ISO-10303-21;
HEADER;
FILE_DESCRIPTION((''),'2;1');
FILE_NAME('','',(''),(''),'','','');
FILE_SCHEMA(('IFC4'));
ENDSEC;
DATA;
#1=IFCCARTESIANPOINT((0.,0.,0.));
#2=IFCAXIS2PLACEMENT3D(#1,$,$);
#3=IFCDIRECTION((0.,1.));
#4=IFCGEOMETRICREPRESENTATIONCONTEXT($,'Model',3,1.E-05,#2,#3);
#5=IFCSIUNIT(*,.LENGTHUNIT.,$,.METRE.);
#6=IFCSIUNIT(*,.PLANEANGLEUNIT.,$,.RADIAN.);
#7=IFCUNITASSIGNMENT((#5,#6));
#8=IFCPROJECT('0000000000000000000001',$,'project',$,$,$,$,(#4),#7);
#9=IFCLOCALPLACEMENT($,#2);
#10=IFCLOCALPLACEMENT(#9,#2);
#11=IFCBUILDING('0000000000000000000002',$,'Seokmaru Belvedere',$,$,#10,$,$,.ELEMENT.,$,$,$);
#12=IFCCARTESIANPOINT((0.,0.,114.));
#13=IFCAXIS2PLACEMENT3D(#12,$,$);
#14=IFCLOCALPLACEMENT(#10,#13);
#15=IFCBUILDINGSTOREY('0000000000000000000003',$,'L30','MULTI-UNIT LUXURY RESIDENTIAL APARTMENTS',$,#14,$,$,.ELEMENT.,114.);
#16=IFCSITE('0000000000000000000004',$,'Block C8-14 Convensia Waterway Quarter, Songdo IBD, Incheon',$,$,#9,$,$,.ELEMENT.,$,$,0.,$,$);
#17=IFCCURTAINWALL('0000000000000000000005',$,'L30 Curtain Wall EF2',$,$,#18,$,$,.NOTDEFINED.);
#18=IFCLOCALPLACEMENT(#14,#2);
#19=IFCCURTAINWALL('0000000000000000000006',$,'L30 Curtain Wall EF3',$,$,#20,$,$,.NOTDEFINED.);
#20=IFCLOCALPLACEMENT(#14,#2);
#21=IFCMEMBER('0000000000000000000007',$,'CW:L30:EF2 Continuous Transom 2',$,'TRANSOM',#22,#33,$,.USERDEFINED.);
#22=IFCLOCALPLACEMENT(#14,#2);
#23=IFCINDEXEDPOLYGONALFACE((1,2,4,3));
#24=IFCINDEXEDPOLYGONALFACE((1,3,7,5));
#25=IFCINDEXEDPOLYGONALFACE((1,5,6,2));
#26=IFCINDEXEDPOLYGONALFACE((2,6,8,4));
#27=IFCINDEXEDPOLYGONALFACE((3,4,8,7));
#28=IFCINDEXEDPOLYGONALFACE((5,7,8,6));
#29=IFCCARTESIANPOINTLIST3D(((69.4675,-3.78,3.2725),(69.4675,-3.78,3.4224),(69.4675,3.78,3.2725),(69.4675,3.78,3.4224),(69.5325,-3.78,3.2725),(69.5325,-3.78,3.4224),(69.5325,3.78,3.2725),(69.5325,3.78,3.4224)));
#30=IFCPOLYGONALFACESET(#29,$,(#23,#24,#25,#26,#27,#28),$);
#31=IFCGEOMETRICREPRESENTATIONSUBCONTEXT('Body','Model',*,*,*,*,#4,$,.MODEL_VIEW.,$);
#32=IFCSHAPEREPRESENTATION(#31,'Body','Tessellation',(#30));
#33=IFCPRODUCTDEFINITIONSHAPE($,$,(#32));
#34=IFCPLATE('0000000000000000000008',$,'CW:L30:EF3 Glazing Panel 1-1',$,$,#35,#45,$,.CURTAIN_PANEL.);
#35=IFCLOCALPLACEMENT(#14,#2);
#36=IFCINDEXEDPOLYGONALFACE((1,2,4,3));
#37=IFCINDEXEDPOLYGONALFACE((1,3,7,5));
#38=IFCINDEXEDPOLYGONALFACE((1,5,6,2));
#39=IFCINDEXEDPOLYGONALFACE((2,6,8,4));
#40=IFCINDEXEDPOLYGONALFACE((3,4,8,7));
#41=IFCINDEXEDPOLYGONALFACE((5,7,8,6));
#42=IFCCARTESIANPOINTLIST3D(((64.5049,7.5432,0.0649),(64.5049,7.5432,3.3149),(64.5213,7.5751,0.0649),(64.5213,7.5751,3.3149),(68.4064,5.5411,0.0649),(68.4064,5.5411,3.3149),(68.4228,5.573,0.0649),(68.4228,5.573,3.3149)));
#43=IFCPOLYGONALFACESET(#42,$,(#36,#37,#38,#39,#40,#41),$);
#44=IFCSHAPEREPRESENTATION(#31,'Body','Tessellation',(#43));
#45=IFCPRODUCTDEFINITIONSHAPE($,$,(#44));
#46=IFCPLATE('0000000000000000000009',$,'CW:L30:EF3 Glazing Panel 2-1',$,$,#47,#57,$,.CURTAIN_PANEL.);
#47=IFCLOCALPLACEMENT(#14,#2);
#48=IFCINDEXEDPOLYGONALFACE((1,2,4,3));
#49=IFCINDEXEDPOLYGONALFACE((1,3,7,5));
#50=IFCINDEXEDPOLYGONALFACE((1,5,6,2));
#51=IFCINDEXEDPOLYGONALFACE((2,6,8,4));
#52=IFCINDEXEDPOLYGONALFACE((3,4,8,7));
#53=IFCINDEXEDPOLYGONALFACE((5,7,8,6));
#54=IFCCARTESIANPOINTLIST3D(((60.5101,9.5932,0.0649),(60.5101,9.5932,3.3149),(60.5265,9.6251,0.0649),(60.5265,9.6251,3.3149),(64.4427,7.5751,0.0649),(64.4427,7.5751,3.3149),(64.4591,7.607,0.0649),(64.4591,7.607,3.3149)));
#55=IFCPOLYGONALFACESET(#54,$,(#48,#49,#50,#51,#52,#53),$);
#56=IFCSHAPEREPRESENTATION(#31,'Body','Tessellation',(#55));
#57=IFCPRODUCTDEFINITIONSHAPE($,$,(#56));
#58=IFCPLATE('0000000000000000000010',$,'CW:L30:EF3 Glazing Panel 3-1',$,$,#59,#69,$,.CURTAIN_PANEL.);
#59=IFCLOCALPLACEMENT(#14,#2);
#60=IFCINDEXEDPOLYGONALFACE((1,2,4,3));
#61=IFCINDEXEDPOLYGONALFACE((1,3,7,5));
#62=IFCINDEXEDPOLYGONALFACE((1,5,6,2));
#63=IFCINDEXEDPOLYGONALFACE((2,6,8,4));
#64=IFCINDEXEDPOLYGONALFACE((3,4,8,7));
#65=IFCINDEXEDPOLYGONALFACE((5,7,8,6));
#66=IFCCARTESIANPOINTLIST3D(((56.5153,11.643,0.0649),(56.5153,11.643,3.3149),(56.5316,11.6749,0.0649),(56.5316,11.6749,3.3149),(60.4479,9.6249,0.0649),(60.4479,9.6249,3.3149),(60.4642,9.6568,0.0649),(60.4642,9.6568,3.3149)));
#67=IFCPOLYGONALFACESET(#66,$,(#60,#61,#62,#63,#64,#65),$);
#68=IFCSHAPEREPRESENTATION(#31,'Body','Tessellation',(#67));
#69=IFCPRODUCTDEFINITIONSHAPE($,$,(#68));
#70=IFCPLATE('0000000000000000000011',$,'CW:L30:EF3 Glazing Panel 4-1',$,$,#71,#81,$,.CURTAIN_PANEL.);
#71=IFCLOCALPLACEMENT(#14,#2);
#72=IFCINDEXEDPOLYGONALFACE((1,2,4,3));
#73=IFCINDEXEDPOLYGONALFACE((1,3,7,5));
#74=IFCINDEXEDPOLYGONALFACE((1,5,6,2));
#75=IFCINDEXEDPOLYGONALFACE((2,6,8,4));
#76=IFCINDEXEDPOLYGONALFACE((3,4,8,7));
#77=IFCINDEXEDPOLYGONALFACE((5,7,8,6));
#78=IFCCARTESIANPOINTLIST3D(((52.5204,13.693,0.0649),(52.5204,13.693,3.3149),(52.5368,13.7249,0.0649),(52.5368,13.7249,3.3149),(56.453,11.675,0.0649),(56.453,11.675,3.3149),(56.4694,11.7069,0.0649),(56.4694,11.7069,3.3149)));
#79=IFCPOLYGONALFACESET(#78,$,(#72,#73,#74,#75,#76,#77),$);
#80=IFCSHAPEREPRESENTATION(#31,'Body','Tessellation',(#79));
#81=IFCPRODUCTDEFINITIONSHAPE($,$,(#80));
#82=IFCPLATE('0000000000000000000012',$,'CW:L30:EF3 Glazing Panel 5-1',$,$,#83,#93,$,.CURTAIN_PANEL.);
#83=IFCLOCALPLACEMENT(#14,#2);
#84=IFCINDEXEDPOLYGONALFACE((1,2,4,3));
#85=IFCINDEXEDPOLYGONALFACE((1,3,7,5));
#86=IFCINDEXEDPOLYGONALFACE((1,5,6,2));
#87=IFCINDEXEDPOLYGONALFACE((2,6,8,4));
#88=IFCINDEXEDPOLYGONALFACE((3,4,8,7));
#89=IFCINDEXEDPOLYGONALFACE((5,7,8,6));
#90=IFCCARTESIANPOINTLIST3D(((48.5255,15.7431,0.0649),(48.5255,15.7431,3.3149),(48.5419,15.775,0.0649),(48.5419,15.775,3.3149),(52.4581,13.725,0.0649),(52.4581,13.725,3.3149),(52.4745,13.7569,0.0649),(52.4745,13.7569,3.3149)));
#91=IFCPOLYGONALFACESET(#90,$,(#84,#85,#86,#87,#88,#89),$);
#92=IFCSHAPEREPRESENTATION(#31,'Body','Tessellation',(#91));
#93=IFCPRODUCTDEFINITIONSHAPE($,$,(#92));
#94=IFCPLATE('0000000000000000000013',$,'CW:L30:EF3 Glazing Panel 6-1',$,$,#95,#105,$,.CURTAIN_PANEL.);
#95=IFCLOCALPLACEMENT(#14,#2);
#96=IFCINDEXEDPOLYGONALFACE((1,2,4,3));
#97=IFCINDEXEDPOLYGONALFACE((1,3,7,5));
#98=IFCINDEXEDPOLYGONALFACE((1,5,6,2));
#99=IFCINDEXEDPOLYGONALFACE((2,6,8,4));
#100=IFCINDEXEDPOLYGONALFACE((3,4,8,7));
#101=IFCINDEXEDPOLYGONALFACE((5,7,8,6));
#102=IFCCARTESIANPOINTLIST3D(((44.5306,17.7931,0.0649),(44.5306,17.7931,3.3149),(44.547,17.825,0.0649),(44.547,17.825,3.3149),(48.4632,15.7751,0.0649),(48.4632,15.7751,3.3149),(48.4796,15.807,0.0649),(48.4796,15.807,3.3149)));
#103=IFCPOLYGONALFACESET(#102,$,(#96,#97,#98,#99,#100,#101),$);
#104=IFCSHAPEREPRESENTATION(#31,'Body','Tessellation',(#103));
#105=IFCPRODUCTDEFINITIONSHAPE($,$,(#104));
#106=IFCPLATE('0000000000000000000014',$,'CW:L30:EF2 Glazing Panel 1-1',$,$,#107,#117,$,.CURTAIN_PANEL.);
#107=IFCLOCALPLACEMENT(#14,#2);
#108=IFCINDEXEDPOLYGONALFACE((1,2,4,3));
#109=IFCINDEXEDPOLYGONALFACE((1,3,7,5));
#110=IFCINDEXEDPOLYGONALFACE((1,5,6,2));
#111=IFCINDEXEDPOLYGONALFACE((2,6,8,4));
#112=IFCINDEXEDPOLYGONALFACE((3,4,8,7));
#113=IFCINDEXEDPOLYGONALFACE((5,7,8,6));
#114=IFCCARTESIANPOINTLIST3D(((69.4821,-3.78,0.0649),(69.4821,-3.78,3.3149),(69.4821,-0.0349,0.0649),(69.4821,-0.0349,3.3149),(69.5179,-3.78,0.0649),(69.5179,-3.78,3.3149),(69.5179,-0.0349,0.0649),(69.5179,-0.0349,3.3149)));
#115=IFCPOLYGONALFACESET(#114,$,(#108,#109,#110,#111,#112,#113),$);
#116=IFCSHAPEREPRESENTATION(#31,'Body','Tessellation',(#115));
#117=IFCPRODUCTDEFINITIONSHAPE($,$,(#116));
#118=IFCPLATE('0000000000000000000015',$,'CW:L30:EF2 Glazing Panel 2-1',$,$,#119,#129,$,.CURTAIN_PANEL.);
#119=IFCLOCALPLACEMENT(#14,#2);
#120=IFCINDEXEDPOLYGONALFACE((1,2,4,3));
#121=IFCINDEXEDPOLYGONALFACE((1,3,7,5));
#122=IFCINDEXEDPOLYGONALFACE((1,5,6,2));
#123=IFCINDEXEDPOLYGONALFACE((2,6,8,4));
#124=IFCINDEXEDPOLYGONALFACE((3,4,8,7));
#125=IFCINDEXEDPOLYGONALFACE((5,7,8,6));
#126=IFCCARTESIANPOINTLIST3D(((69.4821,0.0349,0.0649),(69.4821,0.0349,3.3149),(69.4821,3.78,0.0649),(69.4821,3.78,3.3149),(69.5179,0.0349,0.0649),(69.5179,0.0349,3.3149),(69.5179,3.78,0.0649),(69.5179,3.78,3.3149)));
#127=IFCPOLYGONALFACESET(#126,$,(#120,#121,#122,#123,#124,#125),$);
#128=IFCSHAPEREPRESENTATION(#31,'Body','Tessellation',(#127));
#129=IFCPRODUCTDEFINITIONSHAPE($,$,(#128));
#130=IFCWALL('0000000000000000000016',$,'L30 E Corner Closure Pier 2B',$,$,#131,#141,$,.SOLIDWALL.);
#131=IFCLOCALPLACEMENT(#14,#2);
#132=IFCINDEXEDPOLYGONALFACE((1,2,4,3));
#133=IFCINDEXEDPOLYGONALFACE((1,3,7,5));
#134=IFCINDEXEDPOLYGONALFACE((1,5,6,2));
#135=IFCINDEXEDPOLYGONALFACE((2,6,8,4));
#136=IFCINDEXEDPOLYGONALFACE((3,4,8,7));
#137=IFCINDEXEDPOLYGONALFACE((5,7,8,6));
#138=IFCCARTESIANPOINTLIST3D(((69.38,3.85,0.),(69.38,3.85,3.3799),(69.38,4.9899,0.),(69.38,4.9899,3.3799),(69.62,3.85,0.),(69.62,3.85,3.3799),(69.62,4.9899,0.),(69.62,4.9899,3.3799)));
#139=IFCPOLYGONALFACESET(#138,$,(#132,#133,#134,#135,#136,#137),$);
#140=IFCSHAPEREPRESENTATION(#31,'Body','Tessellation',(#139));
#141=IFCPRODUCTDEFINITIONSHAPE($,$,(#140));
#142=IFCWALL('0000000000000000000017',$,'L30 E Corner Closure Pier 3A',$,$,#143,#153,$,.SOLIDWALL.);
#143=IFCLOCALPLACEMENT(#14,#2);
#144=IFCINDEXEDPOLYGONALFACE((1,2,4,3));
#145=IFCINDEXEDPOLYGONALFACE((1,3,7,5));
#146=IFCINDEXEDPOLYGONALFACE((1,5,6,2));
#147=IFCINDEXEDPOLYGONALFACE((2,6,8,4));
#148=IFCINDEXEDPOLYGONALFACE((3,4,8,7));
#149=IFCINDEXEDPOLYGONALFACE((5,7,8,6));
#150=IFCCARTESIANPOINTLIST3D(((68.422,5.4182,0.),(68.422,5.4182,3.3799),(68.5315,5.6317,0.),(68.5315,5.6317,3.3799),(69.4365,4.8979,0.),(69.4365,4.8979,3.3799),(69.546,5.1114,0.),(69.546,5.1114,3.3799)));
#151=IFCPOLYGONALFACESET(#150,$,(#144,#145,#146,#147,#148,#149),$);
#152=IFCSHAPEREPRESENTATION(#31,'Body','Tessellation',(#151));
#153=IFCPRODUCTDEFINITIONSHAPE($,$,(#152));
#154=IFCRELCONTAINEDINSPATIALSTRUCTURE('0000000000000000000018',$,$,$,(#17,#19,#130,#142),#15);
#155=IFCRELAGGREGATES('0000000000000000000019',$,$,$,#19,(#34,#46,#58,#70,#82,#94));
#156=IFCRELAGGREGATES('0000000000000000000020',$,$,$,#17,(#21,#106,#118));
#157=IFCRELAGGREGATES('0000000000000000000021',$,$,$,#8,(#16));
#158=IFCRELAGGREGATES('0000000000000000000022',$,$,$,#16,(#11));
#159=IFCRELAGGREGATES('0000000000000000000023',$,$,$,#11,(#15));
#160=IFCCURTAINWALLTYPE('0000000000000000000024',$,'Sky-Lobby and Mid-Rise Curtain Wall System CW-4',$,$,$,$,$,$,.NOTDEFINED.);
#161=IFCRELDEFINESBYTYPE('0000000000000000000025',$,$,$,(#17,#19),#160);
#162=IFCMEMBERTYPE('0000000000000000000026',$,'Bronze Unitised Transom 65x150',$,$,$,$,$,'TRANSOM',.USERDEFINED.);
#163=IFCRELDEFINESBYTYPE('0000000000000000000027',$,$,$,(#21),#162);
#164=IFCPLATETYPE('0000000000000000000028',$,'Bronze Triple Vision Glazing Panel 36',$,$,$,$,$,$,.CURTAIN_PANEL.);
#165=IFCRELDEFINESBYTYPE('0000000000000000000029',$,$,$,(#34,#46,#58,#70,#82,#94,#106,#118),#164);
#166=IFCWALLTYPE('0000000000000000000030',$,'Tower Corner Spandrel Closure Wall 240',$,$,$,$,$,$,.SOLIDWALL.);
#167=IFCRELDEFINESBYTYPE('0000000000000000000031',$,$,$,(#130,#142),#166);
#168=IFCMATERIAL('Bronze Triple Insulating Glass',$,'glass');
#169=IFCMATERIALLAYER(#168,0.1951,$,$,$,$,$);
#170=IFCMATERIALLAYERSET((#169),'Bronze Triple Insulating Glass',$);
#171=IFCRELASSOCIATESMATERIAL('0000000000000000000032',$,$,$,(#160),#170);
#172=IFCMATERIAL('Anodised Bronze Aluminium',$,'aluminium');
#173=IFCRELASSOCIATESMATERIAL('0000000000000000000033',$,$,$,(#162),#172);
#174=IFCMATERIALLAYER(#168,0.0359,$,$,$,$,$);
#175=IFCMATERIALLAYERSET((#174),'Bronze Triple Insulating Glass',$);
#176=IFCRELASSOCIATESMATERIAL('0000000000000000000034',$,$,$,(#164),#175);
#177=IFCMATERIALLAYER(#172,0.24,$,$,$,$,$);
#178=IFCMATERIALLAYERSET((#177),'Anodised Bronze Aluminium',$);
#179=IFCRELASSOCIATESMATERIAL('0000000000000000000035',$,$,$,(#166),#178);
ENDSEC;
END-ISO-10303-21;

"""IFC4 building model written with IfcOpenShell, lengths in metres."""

from ifc_helpers import new_model, si_unit, direction, frame, frame_2d, origin, origin_2d, place, context, subcontext, project, spatial, rectangle, extrude, source, transform, mapped, material, layer, layer_set, material_profile, profile_set, type_object, type_shapes, element, aggregate, save


model = new_model("IFC4")

# Units and contexts
model_context = context("Model", 3, precision=1e-05, world=origin(), true_north=direction((0.0, 1.0)))
body_context = subcontext(model_context, "Body", "Model", "MODEL_VIEW")
ifc_project = project(units=[si_unit("LENGTHUNIT", "METRE"), si_unit("PLANEANGLEUNIT", "RADIAN")], contexts=[model_context])

# Site, building, storey
site_placement = place(None, origin())
site = spatial("IfcSite", under=ifc_project, at=site_placement, Name="Block C8-14 Convensia Waterway Quarter, Songdo IBD, Incheon", CompositionType="ELEMENT", RefElevation=0.0)
building_placement = place(site_placement, origin())
building = spatial("IfcBuilding", under=site, at=building_placement, Name="Seokmaru Belvedere", CompositionType="ELEMENT")
storey_placement = place(building_placement, frame((0.0, 0.0, 114.0)))
storey = spatial("IfcBuildingStorey", under=building, at=storey_placement, Name="L30", Description="MULTI-UNIT LUXURY RESIDENTIAL APARTMENTS", CompositionType="ELEMENT", Elevation=114.0)

# Curtain walls
ifc_material_1 = material(Name="Bronze Triple Insulating Glass", Category="glass")
ifc_layer_1 = layer(ifc_material_1, 0.1951)
ifc_layer_set_1 = layer_set([ifc_layer_1], Name="Bronze Triple Insulating Glass")
curtain_wall_type = type_object("IfcCurtainWallType", Name="Sky-Lobby and Mid-Rise Curtain Wall System CW-4", PredefinedType="NOTDEFINED", material=ifc_layer_set_1)
curtain_wall_1_placement = place(storey_placement, origin())
curtain_wall_1 = element("IfcCurtainWall", 1, at=curtain_wall_1_placement, inside=storey, type_object=curtain_wall_type, Name="L30 Curtain Wall EF2", PredefinedType="NOTDEFINED")
ifc_material_2 = material(Name="Anodised Bronze Aluminium", Category="aluminium")
curtain_wall_2_placement = place(storey_placement, origin())
curtain_wall_2 = element("IfcCurtainWall", 2, at=curtain_wall_2_placement, inside=storey, type_object=curtain_wall_type, Name="L30 Curtain Wall EF3", PredefinedType="NOTDEFINED")

# Member
ifc_material_profile_1 = material_profile(ifc_material_2, rectangle(XDim=0.0649, YDim=0.1499, at=origin_2d()), Name="CW-T-65x150")
ifc_profile_set_1 = profile_set([ifc_material_profile_1], Name="Anodised Bronze Aluminium")
member_type_1 = type_object("IfcMemberType", Name="Bronze Unitised Transom 65x150", ElementType="TRANSOM", PredefinedType="USERDEFINED", material=ifc_profile_set_1)
shared_shape_1 = source(origin(), body_context, "Body", "SweptSolid", [
    extrude(rectangle(XDim=0.0649, YDim=0.1499, at=origin_2d()), origin(), (0.0, 0.0, 1.0), 7.5601),
])
member_1_placement = place(storey_placement, frame((69.5, -3.78, 3.3474), z_axis=(0.0, 1.0, 0.0), x_axis=(-1.0, 0.0, 0.0)))
member_1 = element("IfcMember", 3, at=member_1_placement, type_object=member_type_1, Name="CW:L30:EF2 Continuous Transom 2", ObjectType="TRANSOM", PredefinedType="USERDEFINED", context=body_context, shape_type="MappedRepresentation", body=[
    mapped(shared_shape_1, transform((0.0, 0.0, 0.0), scale=1.0)),
])

# Plates
ifc_layer_2 = layer(ifc_material_1, 0.0359)
ifc_layer_set_2 = layer_set([ifc_layer_2], Name="Bronze Triple Insulating Glass")
plate_type = type_object("IfcPlateType", Name="Bronze Triple Vision Glazing Panel 36", PredefinedType="CURTAIN_PANEL", material=ifc_layer_set_2)
shared_shape_2 = source(origin(), body_context, "Body", "SweptSolid", [
    extrude(rectangle(XDim=4.3853, YDim=0.0359, at=origin_2d()), origin(), (0.0, 0.0, 1.0), 3.25),
])
plate_1_placement = place(storey_placement, frame((66.4639, 6.5581, 0.0649), z_axis=(0.0, 0.0, 1.0), x_axis=(-0.889695, 0.456555, 0.0)))
plate_1 = element("IfcPlate", 4, at=plate_1_placement, type_object=plate_type, Name="CW:L30:EF3 Glazing Panel 1-1", PredefinedType="CURTAIN_PANEL", context=body_context, shape_type="MappedRepresentation", body=[
    mapped(shared_shape_2, transform((0.0, 0.0, 0.0), scale=1.0)),
])
shared_shape_3 = source(origin(), body_context, "Body", "SweptSolid", [
    extrude(rectangle(XDim=4.4202, YDim=0.0359, at=origin_2d()), origin(), (0.0, 0.0, 1.0), 3.25),
])
plate_2_placement = place(storey_placement, frame((62.4846, 8.6001, 0.0649), z_axis=(0.0, 0.0, 1.0), x_axis=(-0.889695, 0.456555, 0.0)))
plate_2 = element("IfcPlate", 5, at=plate_2_placement, type_object=plate_type, Name="CW:L30:EF3 Glazing Panel 2-1", PredefinedType="CURTAIN_PANEL", context=body_context, shape_type="MappedRepresentation", body=[
    mapped(shared_shape_3, transform((0.0, 0.0, 0.0), scale=1.0)),
])
plate_3_placement = place(storey_placement, frame((58.4897, 10.6499, 0.0649), z_axis=(0.0, 0.0, 1.0), x_axis=(-0.889695, 0.456555, 0.0)))
plate_3 = element("IfcPlate", 6, at=plate_3_placement, type_object=plate_type, Name="CW:L30:EF3 Glazing Panel 3-1", PredefinedType="CURTAIN_PANEL", context=body_context, shape_type="MappedRepresentation", body=[
    mapped(shared_shape_3, transform((0.0, 0.0, 0.0), scale=1.0)),
])
plate_4_placement = place(storey_placement, frame((54.4949, 12.7, 0.0649), z_axis=(0.0, 0.0, 1.0), x_axis=(-0.889695, 0.456555, 0.0)))
plate_4 = element("IfcPlate", 7, at=plate_4_placement, type_object=plate_type, Name="CW:L30:EF3 Glazing Panel 4-1", PredefinedType="CURTAIN_PANEL", context=body_context, shape_type="MappedRepresentation", body=[
    mapped(shared_shape_3, transform((0.0, 0.0, 0.0), scale=1.0)),
])
plate_5_placement = place(storey_placement, frame((50.5, 14.75, 0.0649), z_axis=(0.0, 0.0, 1.0), x_axis=(-0.889695, 0.456555, 0.0)))
plate_5 = element("IfcPlate", 8, at=plate_5_placement, type_object=plate_type, Name="CW:L30:EF3 Glazing Panel 5-1", PredefinedType="CURTAIN_PANEL", context=body_context, shape_type="MappedRepresentation", body=[
    mapped(shared_shape_3, transform((0.0, 0.0, 0.0), scale=1.0)),
])
plate_6_placement = place(storey_placement, frame((46.5051, 16.8, 0.0649), z_axis=(0.0, 0.0, 1.0), x_axis=(-0.889695, 0.456555, 0.0)))
plate_6 = element("IfcPlate", 9, at=plate_6_placement, type_object=plate_type, Name="CW:L30:EF3 Glazing Panel 6-1", PredefinedType="CURTAIN_PANEL", context=body_context, shape_type="MappedRepresentation", body=[
    mapped(shared_shape_3, transform((0.0, 0.0, 0.0), scale=1.0)),
])
aggregate(curtain_wall_2, [plate_1, plate_2, plate_3, plate_4, plate_5, plate_6])
shared_shape_4 = source(origin(), body_context, "Body", "SweptSolid", [
    extrude(rectangle(XDim=3.7451, YDim=0.0359, at=origin_2d()), origin(), (0.0, 0.0, 1.0), 3.25),
])
type_shapes(plate_type, [shared_shape_2, shared_shape_3, shared_shape_4])
plate_7_placement = place(storey_placement, frame((69.5, -1.9075, 0.0649), z_axis=(0.0, 0.0, 1.0), x_axis=(0.0, 1.0, 0.0)))
plate_7 = element("IfcPlate", 10, at=plate_7_placement, type_object=plate_type, Name="CW:L30:EF2 Glazing Panel 1-1", PredefinedType="CURTAIN_PANEL", context=body_context, shape_type="MappedRepresentation", body=[
    mapped(shared_shape_4, transform((0.0, 0.0, 0.0), scale=1.0)),
])
plate_8_placement = place(storey_placement, frame((69.5, 1.9075, 0.0649), z_axis=(0.0, 0.0, 1.0), x_axis=(0.0, 1.0, 0.0)))
plate_8 = element("IfcPlate", 11, at=plate_8_placement, type_object=plate_type, Name="CW:L30:EF2 Glazing Panel 2-1", PredefinedType="CURTAIN_PANEL", context=body_context, shape_type="MappedRepresentation", body=[
    mapped(shared_shape_4, transform((0.0, 0.0, 0.0), scale=1.0)),
])
aggregate(curtain_wall_1, [member_1, plate_7, plate_8])

# Walls
ifc_layer_3 = layer(ifc_material_2, 0.24)
ifc_layer_set_3 = layer_set([ifc_layer_3], Name="Anodised Bronze Aluminium")
wall_type = type_object("IfcWallType", Name="Tower Corner Spandrel Closure Wall 240", PredefinedType="SOLIDWALL", material=ifc_layer_set_3)
wall_1_placement = place(storey_placement, frame((69.5, 3.8501, 0.0), z_axis=(0.0, 0.0, 1.0), x_axis=(0.0, 1.0, 0.0)))
element("IfcWall", 12, at=wall_1_placement, inside=storey, type_object=wall_type, Name="L30 E Corner Closure Pier 2B", PredefinedType="SOLIDWALL", context=body_context, shape_type="SweptSolid", body=[
    extrude(rectangle(XDim=1.1399, YDim=0.24, at=frame_2d((0.5698, 0.0))), origin(), (0.0, 0.0, 1.0), 3.3799),
])
wall_2_placement = place(storey_placement, frame((69.4912, 5.0046, 0.0), z_axis=(0.0, 0.0, 1.0), x_axis=(-0.889797, 0.456356, 0.0)))
element("IfcWall", 13, at=wall_2_placement, inside=storey, type_object=wall_type, Name="L30 E Corner Closure Pier 3A", PredefinedType="SOLIDWALL", context=body_context, shape_type="SweptSolid", body=[
    extrude(rectangle(XDim=1.1401, YDim=0.24, at=frame_2d((0.5701, 0.0))), origin(), (0.0, 0.0, 1.0), 3.3799),
])

save(model, "model.ifc")
